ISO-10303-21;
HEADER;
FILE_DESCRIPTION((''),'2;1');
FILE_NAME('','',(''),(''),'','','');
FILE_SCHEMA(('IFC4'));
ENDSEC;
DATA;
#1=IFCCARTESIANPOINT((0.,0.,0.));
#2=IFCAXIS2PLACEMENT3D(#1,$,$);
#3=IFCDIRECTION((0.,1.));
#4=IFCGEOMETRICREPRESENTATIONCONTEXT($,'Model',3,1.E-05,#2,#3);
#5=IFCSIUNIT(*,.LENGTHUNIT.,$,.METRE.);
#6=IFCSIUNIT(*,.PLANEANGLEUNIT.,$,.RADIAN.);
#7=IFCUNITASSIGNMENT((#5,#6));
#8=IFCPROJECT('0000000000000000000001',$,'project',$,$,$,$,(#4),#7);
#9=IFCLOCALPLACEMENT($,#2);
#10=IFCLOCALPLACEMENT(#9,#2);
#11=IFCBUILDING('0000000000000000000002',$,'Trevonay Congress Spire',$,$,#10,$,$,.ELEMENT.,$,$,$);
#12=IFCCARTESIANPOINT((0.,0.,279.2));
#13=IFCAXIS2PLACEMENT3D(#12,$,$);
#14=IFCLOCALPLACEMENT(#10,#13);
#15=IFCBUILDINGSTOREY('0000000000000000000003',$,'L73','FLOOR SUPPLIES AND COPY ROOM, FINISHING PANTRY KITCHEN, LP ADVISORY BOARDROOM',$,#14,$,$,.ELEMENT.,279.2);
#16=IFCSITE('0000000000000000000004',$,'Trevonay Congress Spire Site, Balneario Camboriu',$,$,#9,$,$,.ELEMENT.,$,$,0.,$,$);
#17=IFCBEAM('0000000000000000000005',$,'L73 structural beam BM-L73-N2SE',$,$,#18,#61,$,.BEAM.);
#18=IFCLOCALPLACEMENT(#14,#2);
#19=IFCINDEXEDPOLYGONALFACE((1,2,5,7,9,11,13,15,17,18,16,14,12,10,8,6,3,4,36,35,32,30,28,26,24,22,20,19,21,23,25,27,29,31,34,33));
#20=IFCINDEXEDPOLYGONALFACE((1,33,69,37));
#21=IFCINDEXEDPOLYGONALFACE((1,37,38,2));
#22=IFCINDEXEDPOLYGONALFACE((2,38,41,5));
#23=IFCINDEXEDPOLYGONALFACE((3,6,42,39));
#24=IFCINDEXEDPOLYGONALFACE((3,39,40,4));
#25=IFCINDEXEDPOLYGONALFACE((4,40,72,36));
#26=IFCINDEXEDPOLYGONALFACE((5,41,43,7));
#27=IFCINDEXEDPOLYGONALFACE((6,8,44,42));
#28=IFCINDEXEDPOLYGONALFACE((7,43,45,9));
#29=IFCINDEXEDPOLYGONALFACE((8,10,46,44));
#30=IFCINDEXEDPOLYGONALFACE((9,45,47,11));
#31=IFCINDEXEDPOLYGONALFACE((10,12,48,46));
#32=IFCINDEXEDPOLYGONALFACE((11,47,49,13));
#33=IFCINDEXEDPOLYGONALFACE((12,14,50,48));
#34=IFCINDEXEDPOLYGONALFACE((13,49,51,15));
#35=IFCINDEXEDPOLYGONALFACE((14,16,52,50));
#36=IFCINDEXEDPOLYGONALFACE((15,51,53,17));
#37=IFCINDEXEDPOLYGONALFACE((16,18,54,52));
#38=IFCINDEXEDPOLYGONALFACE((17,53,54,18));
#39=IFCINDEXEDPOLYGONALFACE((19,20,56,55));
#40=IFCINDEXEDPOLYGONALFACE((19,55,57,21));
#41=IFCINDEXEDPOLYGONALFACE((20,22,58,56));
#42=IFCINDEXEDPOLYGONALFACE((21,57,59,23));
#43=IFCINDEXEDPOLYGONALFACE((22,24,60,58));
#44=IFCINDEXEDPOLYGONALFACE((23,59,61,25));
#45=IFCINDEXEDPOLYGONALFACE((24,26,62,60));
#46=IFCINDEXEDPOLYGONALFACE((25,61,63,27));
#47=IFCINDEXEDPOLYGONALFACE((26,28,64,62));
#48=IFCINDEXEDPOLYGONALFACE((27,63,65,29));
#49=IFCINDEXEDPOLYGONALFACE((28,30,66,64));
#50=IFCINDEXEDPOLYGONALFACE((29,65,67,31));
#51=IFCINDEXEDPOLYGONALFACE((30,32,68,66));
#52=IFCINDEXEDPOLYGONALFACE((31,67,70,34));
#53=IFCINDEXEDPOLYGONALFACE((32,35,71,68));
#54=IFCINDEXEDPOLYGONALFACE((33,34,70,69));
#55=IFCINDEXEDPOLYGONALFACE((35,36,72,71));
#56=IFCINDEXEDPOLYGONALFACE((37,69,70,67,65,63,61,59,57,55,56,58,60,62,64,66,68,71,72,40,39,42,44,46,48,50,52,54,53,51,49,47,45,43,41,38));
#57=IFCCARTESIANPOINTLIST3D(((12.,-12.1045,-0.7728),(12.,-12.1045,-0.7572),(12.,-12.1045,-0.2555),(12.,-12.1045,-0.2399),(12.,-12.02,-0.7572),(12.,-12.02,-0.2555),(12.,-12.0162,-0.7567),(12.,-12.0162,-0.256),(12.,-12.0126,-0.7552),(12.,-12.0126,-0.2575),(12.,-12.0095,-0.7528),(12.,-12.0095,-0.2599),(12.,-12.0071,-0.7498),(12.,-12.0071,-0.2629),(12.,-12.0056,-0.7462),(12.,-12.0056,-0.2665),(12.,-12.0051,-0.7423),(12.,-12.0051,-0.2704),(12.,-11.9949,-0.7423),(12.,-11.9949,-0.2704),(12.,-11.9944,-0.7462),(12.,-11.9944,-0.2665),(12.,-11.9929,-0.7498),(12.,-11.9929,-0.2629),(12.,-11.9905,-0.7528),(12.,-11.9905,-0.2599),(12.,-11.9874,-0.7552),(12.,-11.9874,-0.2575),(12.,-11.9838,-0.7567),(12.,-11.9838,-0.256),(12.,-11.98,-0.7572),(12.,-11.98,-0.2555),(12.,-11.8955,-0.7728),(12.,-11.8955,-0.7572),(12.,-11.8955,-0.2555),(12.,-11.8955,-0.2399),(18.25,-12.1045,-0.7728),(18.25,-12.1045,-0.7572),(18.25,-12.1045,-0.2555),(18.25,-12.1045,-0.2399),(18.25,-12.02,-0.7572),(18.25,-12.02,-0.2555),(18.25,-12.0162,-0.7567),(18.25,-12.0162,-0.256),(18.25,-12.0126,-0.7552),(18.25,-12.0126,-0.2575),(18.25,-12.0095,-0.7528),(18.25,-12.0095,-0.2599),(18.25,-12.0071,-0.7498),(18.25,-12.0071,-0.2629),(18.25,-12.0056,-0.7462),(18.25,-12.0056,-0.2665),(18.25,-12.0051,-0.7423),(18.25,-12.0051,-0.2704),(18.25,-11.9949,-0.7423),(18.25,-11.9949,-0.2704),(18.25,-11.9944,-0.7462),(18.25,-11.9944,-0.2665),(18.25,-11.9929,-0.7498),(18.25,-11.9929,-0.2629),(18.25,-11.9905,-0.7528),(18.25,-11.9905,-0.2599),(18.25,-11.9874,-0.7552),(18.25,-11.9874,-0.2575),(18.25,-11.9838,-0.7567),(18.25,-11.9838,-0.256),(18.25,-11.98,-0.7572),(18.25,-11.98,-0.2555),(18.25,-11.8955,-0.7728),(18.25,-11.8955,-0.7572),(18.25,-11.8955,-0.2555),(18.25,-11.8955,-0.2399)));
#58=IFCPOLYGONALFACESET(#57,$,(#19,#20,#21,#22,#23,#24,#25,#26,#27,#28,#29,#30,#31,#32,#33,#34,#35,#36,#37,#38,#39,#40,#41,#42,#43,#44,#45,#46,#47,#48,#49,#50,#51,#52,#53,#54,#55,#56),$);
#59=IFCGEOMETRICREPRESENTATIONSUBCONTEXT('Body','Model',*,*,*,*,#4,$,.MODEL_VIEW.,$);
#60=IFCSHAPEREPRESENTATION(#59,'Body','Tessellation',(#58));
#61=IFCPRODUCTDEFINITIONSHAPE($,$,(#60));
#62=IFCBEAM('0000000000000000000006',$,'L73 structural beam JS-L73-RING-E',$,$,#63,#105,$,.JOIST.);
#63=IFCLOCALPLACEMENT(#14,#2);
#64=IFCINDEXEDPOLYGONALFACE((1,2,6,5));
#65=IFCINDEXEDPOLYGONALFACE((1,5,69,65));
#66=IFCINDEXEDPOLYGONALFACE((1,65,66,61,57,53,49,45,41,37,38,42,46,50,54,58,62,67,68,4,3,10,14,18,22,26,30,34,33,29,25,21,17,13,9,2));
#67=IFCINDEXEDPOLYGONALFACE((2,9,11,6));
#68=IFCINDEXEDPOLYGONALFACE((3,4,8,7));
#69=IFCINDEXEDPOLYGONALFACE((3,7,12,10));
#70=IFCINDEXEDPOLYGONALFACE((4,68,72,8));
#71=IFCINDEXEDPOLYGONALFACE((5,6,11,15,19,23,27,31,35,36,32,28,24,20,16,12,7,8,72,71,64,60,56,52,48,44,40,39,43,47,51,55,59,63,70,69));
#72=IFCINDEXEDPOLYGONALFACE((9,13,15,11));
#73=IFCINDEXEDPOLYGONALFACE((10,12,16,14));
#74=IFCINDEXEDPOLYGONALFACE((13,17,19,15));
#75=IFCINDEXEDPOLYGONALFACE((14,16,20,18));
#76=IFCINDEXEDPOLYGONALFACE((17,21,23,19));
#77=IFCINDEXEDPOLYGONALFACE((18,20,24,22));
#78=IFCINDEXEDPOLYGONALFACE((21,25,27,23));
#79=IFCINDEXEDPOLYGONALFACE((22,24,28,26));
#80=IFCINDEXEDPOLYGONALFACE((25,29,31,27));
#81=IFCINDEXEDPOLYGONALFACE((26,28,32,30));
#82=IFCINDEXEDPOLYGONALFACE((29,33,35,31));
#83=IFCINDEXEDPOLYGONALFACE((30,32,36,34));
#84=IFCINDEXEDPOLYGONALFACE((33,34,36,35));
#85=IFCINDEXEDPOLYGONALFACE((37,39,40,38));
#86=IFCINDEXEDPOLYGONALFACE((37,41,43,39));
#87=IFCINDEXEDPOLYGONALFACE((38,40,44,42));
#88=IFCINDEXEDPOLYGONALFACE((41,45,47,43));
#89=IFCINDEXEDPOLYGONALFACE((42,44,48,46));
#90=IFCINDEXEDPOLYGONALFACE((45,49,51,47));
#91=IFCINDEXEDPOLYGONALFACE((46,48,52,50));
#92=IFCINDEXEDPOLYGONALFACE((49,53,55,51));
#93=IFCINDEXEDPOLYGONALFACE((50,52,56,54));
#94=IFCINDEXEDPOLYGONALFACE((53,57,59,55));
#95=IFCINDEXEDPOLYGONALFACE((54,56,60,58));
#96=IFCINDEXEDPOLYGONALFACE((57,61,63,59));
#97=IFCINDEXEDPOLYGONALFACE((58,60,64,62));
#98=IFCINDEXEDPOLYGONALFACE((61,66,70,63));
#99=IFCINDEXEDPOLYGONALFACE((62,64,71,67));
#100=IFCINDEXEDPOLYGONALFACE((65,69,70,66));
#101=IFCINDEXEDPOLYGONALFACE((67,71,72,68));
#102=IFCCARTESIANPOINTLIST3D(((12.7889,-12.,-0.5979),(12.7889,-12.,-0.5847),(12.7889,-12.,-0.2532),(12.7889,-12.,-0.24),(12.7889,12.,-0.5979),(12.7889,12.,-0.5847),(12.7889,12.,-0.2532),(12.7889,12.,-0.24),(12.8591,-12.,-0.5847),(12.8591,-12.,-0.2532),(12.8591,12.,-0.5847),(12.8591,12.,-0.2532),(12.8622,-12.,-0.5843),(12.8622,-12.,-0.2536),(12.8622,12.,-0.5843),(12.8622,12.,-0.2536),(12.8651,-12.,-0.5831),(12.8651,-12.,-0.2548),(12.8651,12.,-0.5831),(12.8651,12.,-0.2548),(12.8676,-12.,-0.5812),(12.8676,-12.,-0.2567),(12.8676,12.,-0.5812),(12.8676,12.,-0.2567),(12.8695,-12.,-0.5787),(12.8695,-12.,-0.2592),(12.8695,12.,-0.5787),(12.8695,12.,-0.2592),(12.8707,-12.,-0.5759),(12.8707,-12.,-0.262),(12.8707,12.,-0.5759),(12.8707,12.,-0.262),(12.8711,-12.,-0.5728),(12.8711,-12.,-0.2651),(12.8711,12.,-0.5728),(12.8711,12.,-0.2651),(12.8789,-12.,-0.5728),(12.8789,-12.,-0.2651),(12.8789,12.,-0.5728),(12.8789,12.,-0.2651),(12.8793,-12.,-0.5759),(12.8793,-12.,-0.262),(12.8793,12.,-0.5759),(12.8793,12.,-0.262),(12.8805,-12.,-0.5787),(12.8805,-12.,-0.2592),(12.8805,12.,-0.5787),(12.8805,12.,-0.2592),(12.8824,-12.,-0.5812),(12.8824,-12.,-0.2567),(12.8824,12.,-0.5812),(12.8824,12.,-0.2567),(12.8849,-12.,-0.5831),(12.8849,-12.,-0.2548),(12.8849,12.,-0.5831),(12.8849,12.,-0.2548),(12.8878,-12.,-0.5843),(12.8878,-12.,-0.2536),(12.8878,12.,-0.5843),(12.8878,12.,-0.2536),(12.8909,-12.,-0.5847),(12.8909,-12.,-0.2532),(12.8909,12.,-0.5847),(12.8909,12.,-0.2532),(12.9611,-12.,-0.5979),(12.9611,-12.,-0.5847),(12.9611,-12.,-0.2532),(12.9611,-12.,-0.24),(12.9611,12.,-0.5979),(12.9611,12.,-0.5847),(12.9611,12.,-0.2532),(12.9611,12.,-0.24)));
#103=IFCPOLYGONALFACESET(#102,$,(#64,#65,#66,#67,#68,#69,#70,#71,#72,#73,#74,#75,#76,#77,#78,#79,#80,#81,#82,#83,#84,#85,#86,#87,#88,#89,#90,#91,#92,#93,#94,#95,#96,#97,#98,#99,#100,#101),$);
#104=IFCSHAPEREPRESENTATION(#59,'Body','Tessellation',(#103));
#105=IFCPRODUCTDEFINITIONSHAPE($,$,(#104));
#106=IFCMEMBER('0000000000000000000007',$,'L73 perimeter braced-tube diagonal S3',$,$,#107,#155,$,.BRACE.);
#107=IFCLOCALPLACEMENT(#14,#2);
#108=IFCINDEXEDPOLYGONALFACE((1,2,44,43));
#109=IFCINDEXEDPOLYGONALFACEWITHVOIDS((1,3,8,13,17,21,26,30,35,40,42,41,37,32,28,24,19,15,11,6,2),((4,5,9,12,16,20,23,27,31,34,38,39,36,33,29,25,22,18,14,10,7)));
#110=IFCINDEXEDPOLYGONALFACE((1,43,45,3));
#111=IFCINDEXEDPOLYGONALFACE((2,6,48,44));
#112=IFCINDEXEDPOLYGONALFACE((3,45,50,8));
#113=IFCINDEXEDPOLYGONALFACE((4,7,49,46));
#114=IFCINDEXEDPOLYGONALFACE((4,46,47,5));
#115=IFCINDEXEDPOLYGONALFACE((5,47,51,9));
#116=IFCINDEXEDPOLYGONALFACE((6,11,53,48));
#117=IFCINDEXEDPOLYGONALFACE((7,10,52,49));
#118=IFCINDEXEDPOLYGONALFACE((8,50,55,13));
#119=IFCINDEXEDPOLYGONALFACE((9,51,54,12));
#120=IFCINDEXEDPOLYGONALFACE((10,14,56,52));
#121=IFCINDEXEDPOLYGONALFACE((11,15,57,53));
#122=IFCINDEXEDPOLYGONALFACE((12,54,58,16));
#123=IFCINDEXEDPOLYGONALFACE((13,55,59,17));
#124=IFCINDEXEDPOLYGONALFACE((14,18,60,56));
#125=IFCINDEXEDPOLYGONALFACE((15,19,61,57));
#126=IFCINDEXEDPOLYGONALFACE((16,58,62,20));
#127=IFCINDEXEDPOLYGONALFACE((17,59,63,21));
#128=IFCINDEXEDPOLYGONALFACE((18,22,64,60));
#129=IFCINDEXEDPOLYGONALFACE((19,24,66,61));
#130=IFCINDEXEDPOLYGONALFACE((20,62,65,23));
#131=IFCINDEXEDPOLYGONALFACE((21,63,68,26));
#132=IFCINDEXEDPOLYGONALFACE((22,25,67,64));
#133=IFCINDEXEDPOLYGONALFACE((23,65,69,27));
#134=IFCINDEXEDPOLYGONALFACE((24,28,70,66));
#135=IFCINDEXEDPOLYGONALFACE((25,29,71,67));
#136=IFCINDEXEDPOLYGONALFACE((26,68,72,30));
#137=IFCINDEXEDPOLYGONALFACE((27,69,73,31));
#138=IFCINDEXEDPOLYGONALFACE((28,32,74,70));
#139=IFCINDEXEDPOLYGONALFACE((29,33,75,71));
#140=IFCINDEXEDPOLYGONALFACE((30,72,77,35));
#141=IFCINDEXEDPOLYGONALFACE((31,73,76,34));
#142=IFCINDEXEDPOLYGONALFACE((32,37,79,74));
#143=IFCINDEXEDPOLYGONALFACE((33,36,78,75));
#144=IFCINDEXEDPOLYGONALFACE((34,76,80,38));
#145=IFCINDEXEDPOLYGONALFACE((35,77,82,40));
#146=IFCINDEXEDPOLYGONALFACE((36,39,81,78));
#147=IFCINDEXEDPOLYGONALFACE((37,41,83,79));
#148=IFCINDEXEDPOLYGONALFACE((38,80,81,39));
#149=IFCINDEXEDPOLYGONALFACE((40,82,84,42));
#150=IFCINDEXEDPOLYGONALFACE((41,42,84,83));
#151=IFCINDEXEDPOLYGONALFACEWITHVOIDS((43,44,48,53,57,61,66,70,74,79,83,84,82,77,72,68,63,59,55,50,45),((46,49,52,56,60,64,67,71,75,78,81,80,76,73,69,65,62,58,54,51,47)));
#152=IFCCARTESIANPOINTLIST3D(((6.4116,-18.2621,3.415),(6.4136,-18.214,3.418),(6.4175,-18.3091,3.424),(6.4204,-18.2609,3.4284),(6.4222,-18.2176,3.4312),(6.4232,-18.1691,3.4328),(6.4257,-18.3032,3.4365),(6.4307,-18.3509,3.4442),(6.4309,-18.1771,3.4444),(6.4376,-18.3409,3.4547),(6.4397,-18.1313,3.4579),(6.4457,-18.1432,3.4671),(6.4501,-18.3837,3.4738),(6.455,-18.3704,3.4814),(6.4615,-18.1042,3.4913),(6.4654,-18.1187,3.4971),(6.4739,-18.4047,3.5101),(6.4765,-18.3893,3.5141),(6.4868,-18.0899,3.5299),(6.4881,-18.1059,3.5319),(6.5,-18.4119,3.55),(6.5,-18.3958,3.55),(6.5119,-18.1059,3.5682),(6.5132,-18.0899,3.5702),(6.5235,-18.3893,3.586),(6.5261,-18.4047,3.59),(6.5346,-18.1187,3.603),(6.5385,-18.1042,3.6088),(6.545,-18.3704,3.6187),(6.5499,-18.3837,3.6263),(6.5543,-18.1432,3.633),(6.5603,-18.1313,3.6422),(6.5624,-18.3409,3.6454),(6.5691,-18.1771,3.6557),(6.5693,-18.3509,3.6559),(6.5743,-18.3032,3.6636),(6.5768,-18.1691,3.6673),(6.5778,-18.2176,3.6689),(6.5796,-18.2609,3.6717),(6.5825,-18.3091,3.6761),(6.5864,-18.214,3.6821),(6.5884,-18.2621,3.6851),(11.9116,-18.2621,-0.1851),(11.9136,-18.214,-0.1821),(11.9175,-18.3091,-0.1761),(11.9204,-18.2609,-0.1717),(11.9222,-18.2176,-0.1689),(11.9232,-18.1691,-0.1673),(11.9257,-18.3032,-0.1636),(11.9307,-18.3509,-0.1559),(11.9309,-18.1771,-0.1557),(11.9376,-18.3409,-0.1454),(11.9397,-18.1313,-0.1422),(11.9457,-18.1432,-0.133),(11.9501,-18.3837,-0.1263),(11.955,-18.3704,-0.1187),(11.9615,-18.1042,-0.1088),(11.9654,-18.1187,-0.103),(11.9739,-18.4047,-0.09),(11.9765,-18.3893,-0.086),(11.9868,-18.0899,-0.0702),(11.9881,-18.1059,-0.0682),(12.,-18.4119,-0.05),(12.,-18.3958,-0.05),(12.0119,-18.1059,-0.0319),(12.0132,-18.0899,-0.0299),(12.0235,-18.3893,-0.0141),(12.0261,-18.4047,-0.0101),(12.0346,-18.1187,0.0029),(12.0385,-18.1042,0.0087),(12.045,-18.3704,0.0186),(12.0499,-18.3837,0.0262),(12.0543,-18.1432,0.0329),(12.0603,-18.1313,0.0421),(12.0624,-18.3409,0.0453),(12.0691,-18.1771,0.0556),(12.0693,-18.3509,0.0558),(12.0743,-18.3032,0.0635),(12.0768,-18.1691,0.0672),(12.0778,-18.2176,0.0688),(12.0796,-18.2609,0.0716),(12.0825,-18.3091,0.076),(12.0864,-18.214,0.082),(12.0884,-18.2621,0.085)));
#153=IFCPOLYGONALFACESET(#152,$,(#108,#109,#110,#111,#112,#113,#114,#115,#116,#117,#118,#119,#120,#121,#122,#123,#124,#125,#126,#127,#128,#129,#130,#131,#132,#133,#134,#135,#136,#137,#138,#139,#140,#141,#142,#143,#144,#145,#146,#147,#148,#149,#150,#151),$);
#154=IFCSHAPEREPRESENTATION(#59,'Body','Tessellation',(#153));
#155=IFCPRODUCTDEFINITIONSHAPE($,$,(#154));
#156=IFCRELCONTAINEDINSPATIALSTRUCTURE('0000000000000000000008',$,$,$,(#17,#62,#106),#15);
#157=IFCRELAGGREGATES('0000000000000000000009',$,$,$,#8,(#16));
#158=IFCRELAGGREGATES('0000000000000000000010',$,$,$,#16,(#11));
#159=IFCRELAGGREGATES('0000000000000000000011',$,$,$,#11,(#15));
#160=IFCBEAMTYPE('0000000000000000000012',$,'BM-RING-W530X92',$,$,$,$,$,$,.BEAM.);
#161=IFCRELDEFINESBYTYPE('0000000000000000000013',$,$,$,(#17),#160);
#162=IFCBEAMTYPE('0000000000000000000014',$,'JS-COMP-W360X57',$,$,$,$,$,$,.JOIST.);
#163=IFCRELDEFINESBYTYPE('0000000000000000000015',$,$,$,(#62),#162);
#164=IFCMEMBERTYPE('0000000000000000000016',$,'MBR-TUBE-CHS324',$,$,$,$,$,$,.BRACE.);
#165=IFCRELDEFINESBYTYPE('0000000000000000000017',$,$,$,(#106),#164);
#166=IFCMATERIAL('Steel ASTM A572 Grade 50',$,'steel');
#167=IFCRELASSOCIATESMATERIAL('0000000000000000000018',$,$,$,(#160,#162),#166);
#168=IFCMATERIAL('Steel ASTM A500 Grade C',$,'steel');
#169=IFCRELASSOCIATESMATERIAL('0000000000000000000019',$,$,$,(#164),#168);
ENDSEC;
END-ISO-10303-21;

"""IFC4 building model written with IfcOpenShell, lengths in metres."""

from ifc_helpers import new_model, si_unit, direction, frame, origin, origin_2d, place, context, subcontext, project, spatial, hollow_circle, i_section, extrude, material, material_profile, profile_set, type_object, element, save


model = new_model("IFC4")

# Units and contexts
model_context = context("Model", 3, precision=1e-05, world=origin(), true_north=direction((0.0, 1.0)))
body_context = subcontext(model_context, "Body", "Model", "MODEL_VIEW")
ifc_project = project(units=[si_unit("LENGTHUNIT", "METRE"), si_unit("PLANEANGLEUNIT", "RADIAN")], contexts=[model_context])

# Site, building, storey
site_placement = place(None, origin())
site = spatial("IfcSite", under=ifc_project, at=site_placement, Name="Trevonay Congress Spire Site, Balneario Camboriu", CompositionType="ELEMENT", RefElevation=0.0)
building_placement = place(site_placement, origin())
building = spatial("IfcBuilding", under=site, at=building_placement, Name="Trevonay Congress Spire", CompositionType="ELEMENT")
storey_placement = place(building_placement, frame((0.0, 0.0, 279.2)))
storey = spatial("IfcBuildingStorey", under=building, at=storey_placement, Name="L73", Description="FLOOR SUPPLIES AND COPY ROOM, FINISHING PANTRY KITCHEN, LP ADVISORY BOARDROOM", CompositionType="ELEMENT", Elevation=279.2)

# Shared definitions
ifc_material_1 = material(Name="Steel ASTM A572 Grade 50", Category="steel")

# Beams
ifc_material_profile_1 = material_profile(ifc_material_1, i_section(OverallWidth=0.209, OverallDepth=0.533, WebThickness=0.0103, FlangeThickness=0.0156, FilletRadius=0.0149, at=origin_2d()), Name="W530x92")
ifc_profile_set_1 = profile_set([ifc_material_profile_1], Name="Steel ASTM A572 Grade 50")
beam_type_1 = type_object("IfcBeamType", Name="BM-RING-W530X92", PredefinedType="BEAM", material=ifc_profile_set_1)
for number, where, z_axis, x_axis, name in (
    (1, (18.25, -12.0, -0.5063), (-1.0, 0.0, 0.0), (0.0, -1.0, 0.0), "L73 structural beam BM-L73-N2SE"),
):
    element("IfcBeam", number, at=place(storey_placement, frame(where, z_axis=z_axis, x_axis=x_axis)), inside=storey, type_object=beam_type_1, Name=name, PredefinedType="BEAM", context=body_context, shape_type="SweptSolid", body=[
        extrude(i_section(OverallWidth=0.209, OverallDepth=0.533, WebThickness=0.0103, FlangeThickness=0.0156, FilletRadius=0.0149, at=origin_2d()), origin(), (0.0, 0.0, 1.0), 6.25),
    ])
ifc_material_profile_2 = material_profile(ifc_material_1, i_section(OverallWidth=0.1721, OverallDepth=0.3579, WebThickness=0.0078, FlangeThickness=0.0132, FilletRadius=0.012, at=origin_2d()), Name="W360x57.8")
ifc_profile_set_2 = profile_set([ifc_material_profile_2], Name="Steel ASTM A572 Grade 50")
beam_type_2 = type_object("IfcBeamType", Name="JS-COMP-W360X57", PredefinedType="JOIST", material=ifc_profile_set_2)
beam_1_placement = place(storey_placement, frame((12.875, -12.0, -0.4189), z_axis=(0.0, 1.0, 0.0), x_axis=(-1.0, 0.0, 0.0)))
element("IfcBeam", 2, at=beam_1_placement, inside=storey, type_object=beam_type_2, Name="L73 structural beam JS-L73-RING-E", PredefinedType="JOIST", context=body_context, shape_type="SweptSolid", body=[
    extrude(i_section(OverallWidth=0.1721, OverallDepth=0.3579, WebThickness=0.0078, FlangeThickness=0.0132, FilletRadius=0.012, at=origin_2d()), origin(), (0.0, 0.0, 1.0), 24.0),
])

# Member
ifc_material_2 = material(Name="Steel ASTM A500 Grade C", Category="steel")
ifc_material_profile_3 = material_profile(ifc_material_2, hollow_circle(Radius=0.1619, WallThickness=0.0161, at=origin_2d()), Name="CHS 323.9x16")
ifc_profile_set_3 = profile_set([ifc_material_profile_3], Name="Steel ASTM A500 Grade C")
member_type = type_object("IfcMemberType", Name="MBR-TUBE-CHS324", PredefinedType="BRACE", material=ifc_profile_set_3)
for number, where, z_axis, x_axis, name in (
    (3, (12.0, -18.25, -0.05), (-0.836695, 0.0, 0.54767), (0.0, -1.0, 0.0), "L73 perimeter braced-tube diagonal S3"),
):
    element("IfcMember", number, at=place(storey_placement, frame(where, z_axis=z_axis, x_axis=x_axis)), inside=storey, type_object=member_type, Name=name, PredefinedType="BRACE", context=body_context, shape_type="SweptSolid", body=[
        extrude(hollow_circle(Radius=0.1619, WallThickness=0.0161, at=origin_2d()), origin(), (0.0, 0.0, 1.0), 6.5735),
    ])

save(model, "model.ifc")
